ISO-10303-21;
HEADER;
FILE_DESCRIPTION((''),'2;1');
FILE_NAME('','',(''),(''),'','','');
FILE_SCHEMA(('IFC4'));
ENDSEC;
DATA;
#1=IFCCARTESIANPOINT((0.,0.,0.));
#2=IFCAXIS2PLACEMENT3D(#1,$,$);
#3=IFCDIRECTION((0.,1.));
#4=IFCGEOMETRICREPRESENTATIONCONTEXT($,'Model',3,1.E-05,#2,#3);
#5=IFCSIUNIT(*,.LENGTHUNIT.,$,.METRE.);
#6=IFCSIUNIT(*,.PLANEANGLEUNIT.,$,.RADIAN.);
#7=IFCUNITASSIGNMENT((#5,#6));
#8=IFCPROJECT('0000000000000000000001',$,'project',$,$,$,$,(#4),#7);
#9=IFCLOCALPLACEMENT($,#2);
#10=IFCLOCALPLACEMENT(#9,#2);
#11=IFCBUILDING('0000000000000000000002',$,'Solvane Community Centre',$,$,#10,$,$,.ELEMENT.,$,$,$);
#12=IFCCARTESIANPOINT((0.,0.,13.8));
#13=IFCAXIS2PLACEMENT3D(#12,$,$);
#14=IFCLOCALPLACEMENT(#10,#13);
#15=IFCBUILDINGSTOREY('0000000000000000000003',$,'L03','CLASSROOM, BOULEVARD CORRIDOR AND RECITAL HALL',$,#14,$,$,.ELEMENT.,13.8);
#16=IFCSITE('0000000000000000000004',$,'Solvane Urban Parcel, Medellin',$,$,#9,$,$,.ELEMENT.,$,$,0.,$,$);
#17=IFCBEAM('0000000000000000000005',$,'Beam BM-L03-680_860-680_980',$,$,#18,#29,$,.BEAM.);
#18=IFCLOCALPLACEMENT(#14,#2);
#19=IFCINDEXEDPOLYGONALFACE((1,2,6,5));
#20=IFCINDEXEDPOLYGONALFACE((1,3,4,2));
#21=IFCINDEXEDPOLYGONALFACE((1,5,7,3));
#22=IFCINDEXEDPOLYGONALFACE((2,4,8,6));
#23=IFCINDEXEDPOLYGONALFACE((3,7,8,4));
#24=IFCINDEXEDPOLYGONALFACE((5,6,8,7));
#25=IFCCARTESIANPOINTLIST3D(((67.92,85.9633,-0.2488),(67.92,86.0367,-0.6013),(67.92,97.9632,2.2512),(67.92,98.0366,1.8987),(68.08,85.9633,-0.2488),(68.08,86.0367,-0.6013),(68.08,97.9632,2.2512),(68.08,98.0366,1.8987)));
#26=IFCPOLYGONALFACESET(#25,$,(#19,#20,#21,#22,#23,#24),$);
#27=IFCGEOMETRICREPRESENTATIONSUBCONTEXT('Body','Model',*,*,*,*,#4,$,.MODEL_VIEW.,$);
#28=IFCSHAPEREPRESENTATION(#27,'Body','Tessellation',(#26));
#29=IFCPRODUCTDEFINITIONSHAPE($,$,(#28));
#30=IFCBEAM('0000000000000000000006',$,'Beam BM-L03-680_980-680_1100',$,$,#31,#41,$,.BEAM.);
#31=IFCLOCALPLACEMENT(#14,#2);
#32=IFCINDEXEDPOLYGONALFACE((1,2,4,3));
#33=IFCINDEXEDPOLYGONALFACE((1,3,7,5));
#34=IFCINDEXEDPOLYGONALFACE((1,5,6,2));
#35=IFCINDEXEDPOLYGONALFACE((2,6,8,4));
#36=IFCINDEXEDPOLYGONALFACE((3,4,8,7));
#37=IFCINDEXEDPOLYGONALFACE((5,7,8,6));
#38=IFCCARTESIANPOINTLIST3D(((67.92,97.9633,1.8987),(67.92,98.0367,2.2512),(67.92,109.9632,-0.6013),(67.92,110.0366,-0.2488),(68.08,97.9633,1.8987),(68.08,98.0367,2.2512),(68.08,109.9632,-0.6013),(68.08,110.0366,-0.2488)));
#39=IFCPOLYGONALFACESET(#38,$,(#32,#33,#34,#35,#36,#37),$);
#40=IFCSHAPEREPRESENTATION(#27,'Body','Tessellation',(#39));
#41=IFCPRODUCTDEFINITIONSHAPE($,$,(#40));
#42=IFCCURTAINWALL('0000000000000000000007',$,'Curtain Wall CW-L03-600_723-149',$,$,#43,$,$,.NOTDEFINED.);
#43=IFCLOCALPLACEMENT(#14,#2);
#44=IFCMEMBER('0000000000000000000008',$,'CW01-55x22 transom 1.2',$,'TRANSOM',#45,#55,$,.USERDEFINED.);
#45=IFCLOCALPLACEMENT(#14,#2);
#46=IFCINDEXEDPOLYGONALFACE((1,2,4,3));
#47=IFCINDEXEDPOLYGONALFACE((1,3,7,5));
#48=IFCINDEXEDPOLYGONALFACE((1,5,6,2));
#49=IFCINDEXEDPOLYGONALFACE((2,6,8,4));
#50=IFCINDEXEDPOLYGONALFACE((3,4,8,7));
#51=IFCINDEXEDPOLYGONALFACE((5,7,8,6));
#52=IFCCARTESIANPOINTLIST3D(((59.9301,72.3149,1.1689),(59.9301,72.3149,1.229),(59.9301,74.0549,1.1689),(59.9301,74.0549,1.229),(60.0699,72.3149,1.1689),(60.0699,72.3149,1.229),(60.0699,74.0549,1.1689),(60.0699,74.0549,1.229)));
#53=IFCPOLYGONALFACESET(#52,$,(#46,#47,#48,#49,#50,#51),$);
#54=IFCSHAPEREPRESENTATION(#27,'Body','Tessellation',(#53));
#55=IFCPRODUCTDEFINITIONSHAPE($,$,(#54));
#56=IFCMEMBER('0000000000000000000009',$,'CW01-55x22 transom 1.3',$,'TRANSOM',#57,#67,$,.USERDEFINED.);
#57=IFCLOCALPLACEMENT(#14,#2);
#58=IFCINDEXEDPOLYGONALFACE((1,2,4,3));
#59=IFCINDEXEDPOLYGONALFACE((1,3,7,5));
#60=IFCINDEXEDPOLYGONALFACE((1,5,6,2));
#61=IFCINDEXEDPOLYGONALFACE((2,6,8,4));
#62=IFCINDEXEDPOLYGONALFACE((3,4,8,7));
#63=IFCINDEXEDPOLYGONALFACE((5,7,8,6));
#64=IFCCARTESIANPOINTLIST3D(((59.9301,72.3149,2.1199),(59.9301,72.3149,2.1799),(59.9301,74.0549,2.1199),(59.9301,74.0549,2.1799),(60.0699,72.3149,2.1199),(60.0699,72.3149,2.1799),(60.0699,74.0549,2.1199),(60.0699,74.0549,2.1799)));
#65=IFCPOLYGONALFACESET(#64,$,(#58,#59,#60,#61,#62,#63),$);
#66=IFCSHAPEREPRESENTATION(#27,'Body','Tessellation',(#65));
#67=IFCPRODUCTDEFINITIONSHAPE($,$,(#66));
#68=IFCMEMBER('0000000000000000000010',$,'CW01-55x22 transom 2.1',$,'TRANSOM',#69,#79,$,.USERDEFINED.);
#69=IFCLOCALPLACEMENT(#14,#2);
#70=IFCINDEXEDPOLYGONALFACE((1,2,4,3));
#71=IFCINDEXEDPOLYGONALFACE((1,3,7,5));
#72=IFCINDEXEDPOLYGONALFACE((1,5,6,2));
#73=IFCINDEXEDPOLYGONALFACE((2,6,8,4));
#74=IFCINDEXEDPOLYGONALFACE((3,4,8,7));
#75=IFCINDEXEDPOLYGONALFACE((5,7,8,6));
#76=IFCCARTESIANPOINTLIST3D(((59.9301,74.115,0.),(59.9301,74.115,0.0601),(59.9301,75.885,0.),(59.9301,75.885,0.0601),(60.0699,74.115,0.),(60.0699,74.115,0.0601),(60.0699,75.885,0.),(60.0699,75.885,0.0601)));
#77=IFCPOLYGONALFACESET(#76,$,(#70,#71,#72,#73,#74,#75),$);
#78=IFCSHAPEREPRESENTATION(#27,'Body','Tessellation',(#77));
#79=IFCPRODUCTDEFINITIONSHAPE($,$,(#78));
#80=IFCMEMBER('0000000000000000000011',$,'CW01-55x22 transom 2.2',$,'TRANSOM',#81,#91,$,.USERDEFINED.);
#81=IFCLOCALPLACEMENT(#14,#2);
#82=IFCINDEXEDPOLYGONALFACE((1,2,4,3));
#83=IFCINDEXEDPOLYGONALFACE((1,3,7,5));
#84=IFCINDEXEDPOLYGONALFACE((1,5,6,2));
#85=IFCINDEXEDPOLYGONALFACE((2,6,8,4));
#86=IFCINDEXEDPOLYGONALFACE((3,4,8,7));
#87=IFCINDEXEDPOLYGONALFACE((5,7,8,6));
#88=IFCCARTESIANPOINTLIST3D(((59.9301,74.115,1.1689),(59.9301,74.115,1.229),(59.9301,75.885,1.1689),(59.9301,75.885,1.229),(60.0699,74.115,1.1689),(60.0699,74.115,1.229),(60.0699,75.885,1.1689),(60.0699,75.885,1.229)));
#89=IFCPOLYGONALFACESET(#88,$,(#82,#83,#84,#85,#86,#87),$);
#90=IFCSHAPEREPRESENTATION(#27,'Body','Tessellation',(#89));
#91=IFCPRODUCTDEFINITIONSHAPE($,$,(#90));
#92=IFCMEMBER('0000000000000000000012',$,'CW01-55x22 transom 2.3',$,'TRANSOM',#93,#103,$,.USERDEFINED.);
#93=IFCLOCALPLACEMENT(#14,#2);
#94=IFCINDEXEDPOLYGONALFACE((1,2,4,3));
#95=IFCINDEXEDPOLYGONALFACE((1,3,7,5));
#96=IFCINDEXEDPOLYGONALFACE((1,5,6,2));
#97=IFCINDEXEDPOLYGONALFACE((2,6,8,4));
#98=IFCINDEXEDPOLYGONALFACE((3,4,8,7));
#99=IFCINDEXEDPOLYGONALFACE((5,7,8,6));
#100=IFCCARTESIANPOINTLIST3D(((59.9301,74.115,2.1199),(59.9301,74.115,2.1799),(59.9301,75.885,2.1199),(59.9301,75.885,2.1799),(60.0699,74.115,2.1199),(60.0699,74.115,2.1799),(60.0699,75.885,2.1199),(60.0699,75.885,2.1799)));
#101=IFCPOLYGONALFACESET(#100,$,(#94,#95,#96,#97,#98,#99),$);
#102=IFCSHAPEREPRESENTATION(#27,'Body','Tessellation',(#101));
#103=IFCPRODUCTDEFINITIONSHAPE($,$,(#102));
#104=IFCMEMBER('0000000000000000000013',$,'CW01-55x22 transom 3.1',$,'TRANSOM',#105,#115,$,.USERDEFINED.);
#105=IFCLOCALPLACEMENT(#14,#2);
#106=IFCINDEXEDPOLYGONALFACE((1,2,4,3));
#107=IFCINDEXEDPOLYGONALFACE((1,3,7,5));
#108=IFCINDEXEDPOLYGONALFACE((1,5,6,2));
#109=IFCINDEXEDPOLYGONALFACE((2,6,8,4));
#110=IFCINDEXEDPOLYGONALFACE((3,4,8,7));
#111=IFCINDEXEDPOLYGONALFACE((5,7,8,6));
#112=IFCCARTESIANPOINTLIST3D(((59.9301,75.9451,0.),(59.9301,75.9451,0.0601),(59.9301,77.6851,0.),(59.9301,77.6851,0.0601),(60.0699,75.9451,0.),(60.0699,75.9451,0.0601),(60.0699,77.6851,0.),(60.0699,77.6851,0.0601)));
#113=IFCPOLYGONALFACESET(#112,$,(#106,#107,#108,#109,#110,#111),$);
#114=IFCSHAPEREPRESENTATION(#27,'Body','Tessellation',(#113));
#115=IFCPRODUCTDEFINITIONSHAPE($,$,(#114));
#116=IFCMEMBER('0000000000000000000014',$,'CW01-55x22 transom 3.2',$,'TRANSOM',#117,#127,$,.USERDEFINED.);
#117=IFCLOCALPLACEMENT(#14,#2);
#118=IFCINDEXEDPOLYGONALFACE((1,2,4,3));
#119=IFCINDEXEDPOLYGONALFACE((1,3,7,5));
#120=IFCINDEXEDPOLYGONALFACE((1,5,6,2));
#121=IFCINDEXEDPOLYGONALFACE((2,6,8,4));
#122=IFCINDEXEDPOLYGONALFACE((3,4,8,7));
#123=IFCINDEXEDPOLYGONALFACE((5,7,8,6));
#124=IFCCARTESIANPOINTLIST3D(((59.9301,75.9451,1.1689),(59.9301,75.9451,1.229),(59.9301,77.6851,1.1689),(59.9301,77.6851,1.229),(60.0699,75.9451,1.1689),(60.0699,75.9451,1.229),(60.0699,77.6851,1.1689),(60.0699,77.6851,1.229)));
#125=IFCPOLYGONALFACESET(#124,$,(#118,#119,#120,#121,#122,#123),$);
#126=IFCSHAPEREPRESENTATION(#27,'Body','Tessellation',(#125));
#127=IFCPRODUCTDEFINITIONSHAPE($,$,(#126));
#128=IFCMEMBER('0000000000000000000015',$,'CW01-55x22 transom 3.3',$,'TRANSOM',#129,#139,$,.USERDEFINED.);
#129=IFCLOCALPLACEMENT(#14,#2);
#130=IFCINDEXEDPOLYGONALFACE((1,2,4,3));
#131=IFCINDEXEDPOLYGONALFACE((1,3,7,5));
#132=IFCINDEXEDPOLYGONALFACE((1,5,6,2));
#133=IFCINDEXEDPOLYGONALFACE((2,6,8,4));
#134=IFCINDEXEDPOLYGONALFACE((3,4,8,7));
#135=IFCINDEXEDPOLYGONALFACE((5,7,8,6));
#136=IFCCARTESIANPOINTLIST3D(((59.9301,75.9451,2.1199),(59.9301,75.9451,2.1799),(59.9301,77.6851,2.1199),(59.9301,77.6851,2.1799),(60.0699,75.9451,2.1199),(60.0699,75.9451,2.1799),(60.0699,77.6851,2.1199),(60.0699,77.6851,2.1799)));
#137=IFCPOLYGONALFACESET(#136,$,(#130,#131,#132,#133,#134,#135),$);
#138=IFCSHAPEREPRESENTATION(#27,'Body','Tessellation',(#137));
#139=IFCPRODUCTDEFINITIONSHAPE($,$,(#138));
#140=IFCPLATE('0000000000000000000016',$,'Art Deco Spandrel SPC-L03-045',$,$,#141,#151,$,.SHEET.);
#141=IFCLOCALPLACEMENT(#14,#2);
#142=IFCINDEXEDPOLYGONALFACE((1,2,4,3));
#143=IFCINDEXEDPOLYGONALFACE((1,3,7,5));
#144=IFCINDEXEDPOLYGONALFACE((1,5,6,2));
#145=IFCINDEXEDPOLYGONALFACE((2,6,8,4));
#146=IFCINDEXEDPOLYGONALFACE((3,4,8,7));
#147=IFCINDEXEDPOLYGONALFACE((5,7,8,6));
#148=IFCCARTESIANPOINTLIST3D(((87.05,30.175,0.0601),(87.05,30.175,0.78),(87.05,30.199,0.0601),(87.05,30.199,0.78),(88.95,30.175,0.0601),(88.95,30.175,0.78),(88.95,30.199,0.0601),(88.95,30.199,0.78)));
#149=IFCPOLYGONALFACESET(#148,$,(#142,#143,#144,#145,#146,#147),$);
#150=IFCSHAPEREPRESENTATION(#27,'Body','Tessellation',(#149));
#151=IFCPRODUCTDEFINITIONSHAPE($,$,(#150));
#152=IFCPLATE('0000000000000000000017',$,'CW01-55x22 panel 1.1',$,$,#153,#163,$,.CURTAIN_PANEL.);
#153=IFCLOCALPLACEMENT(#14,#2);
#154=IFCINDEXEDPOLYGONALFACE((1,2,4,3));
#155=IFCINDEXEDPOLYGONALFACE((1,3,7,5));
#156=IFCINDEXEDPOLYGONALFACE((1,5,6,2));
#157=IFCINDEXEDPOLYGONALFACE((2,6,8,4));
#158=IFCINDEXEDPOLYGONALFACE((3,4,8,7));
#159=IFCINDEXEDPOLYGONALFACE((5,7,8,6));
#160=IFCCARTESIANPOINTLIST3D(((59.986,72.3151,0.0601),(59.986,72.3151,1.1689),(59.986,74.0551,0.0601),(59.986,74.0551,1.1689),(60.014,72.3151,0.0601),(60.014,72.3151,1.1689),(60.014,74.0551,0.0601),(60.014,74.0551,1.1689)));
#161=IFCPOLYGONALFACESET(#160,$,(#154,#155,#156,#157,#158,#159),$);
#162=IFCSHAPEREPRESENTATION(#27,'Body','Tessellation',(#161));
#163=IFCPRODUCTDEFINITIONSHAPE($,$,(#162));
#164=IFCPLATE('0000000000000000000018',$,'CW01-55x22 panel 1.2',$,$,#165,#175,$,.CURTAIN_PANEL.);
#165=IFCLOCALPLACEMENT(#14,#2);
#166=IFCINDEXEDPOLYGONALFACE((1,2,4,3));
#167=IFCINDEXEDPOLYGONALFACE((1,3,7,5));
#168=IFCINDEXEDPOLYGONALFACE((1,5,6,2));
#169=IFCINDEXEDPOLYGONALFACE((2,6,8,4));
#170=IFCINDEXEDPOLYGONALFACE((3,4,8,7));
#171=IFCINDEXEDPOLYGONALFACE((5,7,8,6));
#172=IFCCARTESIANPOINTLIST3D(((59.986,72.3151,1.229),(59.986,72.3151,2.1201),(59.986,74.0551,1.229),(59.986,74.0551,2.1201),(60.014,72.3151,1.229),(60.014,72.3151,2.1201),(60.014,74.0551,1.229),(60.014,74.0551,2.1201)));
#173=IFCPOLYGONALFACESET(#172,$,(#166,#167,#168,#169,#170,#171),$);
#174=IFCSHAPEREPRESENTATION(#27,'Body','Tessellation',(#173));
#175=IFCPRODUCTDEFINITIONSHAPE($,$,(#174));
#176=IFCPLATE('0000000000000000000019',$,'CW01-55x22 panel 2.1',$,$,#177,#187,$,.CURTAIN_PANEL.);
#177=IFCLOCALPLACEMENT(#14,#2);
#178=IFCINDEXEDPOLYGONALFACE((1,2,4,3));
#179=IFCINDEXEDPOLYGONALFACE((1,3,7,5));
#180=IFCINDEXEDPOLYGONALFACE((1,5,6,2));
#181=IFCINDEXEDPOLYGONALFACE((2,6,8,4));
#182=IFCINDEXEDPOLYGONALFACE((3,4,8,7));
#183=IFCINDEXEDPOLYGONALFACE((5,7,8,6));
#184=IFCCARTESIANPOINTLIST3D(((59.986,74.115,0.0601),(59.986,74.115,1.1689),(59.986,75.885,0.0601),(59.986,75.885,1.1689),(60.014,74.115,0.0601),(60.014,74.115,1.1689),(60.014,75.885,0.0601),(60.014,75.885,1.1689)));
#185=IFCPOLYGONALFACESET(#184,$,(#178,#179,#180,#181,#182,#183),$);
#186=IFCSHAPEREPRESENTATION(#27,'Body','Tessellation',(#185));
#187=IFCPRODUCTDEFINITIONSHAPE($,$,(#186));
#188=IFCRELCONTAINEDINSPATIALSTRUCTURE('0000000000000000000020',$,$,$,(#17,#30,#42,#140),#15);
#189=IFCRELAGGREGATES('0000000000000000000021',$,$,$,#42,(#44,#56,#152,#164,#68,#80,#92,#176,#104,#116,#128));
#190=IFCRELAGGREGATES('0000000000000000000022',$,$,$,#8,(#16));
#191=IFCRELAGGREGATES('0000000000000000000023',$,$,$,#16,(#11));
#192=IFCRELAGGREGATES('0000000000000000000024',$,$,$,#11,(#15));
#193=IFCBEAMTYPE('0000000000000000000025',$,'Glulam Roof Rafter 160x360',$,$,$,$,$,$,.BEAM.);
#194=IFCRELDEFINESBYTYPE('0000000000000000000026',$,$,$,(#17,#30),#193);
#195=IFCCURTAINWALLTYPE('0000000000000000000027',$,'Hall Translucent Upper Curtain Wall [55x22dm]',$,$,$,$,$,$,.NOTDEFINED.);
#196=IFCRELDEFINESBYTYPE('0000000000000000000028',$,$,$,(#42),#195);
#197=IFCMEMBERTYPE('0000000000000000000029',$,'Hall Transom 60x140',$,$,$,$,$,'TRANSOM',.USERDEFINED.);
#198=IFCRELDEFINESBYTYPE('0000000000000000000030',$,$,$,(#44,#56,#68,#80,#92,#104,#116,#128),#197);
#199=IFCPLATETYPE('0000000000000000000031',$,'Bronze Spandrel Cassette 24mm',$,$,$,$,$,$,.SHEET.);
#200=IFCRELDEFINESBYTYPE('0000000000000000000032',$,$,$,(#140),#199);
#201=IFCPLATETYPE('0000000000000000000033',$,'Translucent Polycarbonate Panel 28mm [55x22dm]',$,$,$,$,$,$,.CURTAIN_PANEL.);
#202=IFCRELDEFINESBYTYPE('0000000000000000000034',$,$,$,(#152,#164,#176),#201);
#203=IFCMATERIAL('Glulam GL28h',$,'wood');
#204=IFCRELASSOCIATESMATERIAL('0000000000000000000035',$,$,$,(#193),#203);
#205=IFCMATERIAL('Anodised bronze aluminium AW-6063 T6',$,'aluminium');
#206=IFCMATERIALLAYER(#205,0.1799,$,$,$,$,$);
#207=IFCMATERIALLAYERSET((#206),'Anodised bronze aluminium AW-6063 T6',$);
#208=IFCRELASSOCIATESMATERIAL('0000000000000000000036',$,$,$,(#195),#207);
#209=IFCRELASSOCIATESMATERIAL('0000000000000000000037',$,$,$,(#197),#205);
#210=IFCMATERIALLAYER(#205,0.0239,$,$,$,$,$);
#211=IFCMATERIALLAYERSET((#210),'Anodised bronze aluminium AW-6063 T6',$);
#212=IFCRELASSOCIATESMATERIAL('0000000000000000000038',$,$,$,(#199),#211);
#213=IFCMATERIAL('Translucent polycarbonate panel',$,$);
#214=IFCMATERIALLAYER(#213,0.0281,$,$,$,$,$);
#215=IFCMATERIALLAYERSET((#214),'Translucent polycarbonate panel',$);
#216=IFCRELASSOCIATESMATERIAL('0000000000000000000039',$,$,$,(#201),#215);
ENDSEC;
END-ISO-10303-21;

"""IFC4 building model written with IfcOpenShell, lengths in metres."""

from ifc_helpers import new_model, si_unit, direction, frame, origin, origin_2d, place, context, subcontext, project, spatial, rectangle, extrude, material, layer, layer_set, material_profile, profile_set, type_object, element, aggregate, save


model = new_model("IFC4")

# Units and contexts
model_context = context("Model", 3, precision=1e-05, world=origin(), true_north=direction((0.0, 1.0)))
body_context = subcontext(model_context, "Body", "Model", "MODEL_VIEW")
ifc_project = project(units=[si_unit("LENGTHUNIT", "METRE"), si_unit("PLANEANGLEUNIT", "RADIAN")], contexts=[model_context])

# Site, building, storey
site_placement = place(None, origin())
site = spatial("IfcSite", under=ifc_project, at=site_placement, Name="Solvane Urban Parcel, Medellin", CompositionType="ELEMENT", RefElevation=0.0)
building_placement = place(site_placement, origin())
building = spatial("IfcBuilding", under=site, at=building_placement, Name="Solvane Community Centre", CompositionType="ELEMENT")
storey_placement = place(building_placement, frame((0.0, 0.0, 13.8)))
storey = spatial("IfcBuildingStorey", under=building, at=storey_placement, Name="L03", Description="CLASSROOM, BOULEVARD CORRIDOR AND RECITAL HALL", CompositionType="ELEMENT", Elevation=13.8)

# Beams
ifc_material_1 = material(Name="Glulam GL28h", Category="wood")
ifc_material_profile_1 = material_profile(ifc_material_1, rectangle(XDim=0.1599, YDim=0.3601, at=origin_2d()), Name="GL28h 160x360")
ifc_profile_set_1 = profile_set([ifc_material_profile_1], Name="Glulam GL28h")
beam_type = type_object("IfcBeamType", Name="Glulam Roof Rafter 160x360", PredefinedType="BEAM", material=ifc_profile_set_1)
for number, where, z_axis, x_axis, name in (
    (1, (68.0, 86.0, -0.425), (0.0, 0.97898, 0.203954), (-1.0, 0.0, 0.0), "Beam BM-L03-680_860-680_980"),
    (2, (68.0, 98.0, 2.075), (0.0, 0.97898, -0.203954), (-1.0, 0.0, 0.0), "Beam BM-L03-680_980-680_1100"),
):
    element("IfcBeam", number, at=place(storey_placement, frame(where, z_axis=z_axis, x_axis=x_axis)), inside=storey, type_object=beam_type, Name=name, PredefinedType="BEAM", context=body_context, shape_type="SweptSolid", body=[
        extrude(rectangle(XDim=0.1599, YDim=0.3601, at=origin_2d()), origin(), (0.0, 0.0, 1.0), 12.2576),
    ])

# Curtain wall, members
ifc_material_2 = material(Name="Anodised bronze aluminium AW-6063 T6", Category="aluminium")
ifc_layer_1 = layer(ifc_material_2, 0.1799)
ifc_layer_set_1 = layer_set([ifc_layer_1], Name="Anodised bronze aluminium AW-6063 T6")
curtain_wall_type = type_object("IfcCurtainWallType", Name="Hall Translucent Upper Curtain Wall [55x22dm]", PredefinedType="NOTDEFINED", material=ifc_layer_set_1)
curtain_wall_placement = place(storey_placement, origin())
curtain_wall = element("IfcCurtainWall", 3, at=curtain_wall_placement, inside=storey, type_object=curtain_wall_type, Name="Curtain Wall CW-L03-600_723-149", PredefinedType="NOTDEFINED")
ifc_material_profile_2 = material_profile(ifc_material_2, rectangle(XDim=0.1399, YDim=0.0601, at=origin_2d()), Name="CW-T 60x140")
ifc_profile_set_2 = profile_set([ifc_material_profile_2], Name="Anodised bronze aluminium AW-6063 T6")
member_type = type_object("IfcMemberType", Name="Hall Transom 60x140", ElementType="TRANSOM", PredefinedType="USERDEFINED", material=ifc_profile_set_2)
member_1_placement = place(storey_placement, frame((60.0, 72.3149, 1.199), z_axis=(0.0, 1.0, 0.0), x_axis=(-1.0, 0.0, 0.0)))
member_1 = element("IfcMember", 4, at=member_1_placement, type_object=member_type, Name="CW01-55x22 transom 1.2", ObjectType="TRANSOM", PredefinedType="USERDEFINED", context=body_context, shape_type="SweptSolid", body=[
    extrude(rectangle(XDim=0.1399, YDim=0.0601, at=origin_2d()), origin(), (0.0, 0.0, 1.0), 1.74),
])
member_2_placement = place(storey_placement, frame((60.0, 72.3149, 2.1499), z_axis=(0.0, 1.0, 0.0), x_axis=(-1.0, 0.0, 0.0)))
member_2 = element("IfcMember", 5, at=member_2_placement, type_object=member_type, Name="CW01-55x22 transom 1.3", ObjectType="TRANSOM", PredefinedType="USERDEFINED", context=body_context, shape_type="SweptSolid", body=[
    extrude(rectangle(XDim=0.1399, YDim=0.0601, at=origin_2d()), origin(), (0.0, 0.0, 1.0), 1.74),
])
member_3_placement = place(storey_placement, frame((60.0, 74.115, 0.03), z_axis=(0.0, 1.0, 0.0), x_axis=(-1.0, 0.0, 0.0)))
member_3 = element("IfcMember", 6, at=member_3_placement, type_object=member_type, Name="CW01-55x22 transom 2.1", ObjectType="TRANSOM", PredefinedType="USERDEFINED", context=body_context, shape_type="SweptSolid", body=[
    extrude(rectangle(XDim=0.1399, YDim=0.0601, at=origin_2d()), origin(), (0.0, 0.0, 1.0), 1.77),
])
member_4_placement = place(storey_placement, frame((60.0, 74.115, 1.199), z_axis=(0.0, 1.0, 0.0), x_axis=(-1.0, 0.0, 0.0)))
member_4 = element("IfcMember", 7, at=member_4_placement, type_object=member_type, Name="CW01-55x22 transom 2.2", ObjectType="TRANSOM", PredefinedType="USERDEFINED", context=body_context, shape_type="SweptSolid", body=[
    extrude(rectangle(XDim=0.1399, YDim=0.0601, at=origin_2d()), origin(), (0.0, 0.0, 1.0), 1.77),
])
member_5_placement = place(storey_placement, frame((60.0, 74.115, 2.1499), z_axis=(0.0, 1.0, 0.0), x_axis=(-1.0, 0.0, 0.0)))
member_5 = element("IfcMember", 8, at=member_5_placement, type_object=member_type, Name="CW01-55x22 transom 2.3", ObjectType="TRANSOM", PredefinedType="USERDEFINED", context=body_context, shape_type="SweptSolid", body=[
    extrude(rectangle(XDim=0.1399, YDim=0.0601, at=origin_2d()), origin(), (0.0, 0.0, 1.0), 1.77),
])
member_6_placement = place(storey_placement, frame((60.0, 75.9451, 0.03), z_axis=(0.0, 1.0, 0.0), x_axis=(-1.0, 0.0, 0.0)))
member_6 = element("IfcMember", 9, at=member_6_placement, type_object=member_type, Name="CW01-55x22 transom 3.1", ObjectType="TRANSOM", PredefinedType="USERDEFINED", context=body_context, shape_type="SweptSolid", body=[
    extrude(rectangle(XDim=0.1399, YDim=0.0601, at=origin_2d()), origin(), (0.0, 0.0, 1.0), 1.74),
])
member_7_placement = place(storey_placement, frame((60.0, 75.9451, 1.199), z_axis=(0.0, 1.0, 0.0), x_axis=(-1.0, 0.0, 0.0)))
member_7 = element("IfcMember", 10, at=member_7_placement, type_object=member_type, Name="CW01-55x22 transom 3.2", ObjectType="TRANSOM", PredefinedType="USERDEFINED", context=body_context, shape_type="SweptSolid", body=[
    extrude(rectangle(XDim=0.1399, YDim=0.0601, at=origin_2d()), origin(), (0.0, 0.0, 1.0), 1.74),
])
member_8_placement = place(storey_placement, frame((60.0, 75.9451, 2.1499), z_axis=(0.0, 1.0, 0.0), x_axis=(-1.0, 0.0, 0.0)))
member_8 = element("IfcMember", 11, at=member_8_placement, type_object=member_type, Name="CW01-55x22 transom 3.3", ObjectType="TRANSOM", PredefinedType="USERDEFINED", context=body_context, shape_type="SweptSolid", body=[
    extrude(rectangle(XDim=0.1399, YDim=0.0601, at=origin_2d()), origin(), (0.0, 0.0, 1.0), 1.74),
])

# Plates
ifc_layer_2 = layer(ifc_material_2, 0.0239)
ifc_layer_set_2 = layer_set([ifc_layer_2], Name="Anodised bronze aluminium AW-6063 T6")
plate_type_1 = type_object("IfcPlateType", Name="Bronze Spandrel Cassette 24mm", PredefinedType="SHEET", material=ifc_layer_set_2)
plate_1_placement = place(storey_placement, frame((88.0, 30.187, 0.0601), z_axis=(0.0, 0.0, 1.0), x_axis=(1.0, 0.0, 0.0)))
element("IfcPlate", 12, at=plate_1_placement, inside=storey, type_object=plate_type_1, Name="Art Deco Spandrel SPC-L03-045", PredefinedType="SHEET", context=body_context, shape_type="SweptSolid", body=[
    extrude(rectangle(XDim=1.8999, YDim=0.0239, at=origin_2d()), origin(), (0.0, 0.0, 1.0), 0.72),
])
ifc_material_3 = material(Name="Translucent polycarbonate panel")
ifc_layer_3 = layer(ifc_material_3, 0.0281)
ifc_layer_set_3 = layer_set([ifc_layer_3], Name="Translucent polycarbonate panel")
plate_type_2 = type_object("IfcPlateType", Name="Translucent Polycarbonate Panel 28mm [55x22dm]", PredefinedType="CURTAIN_PANEL", material=ifc_layer_set_3)
plate_2_placement = place(storey_placement, frame((60.0, 73.1851, 0.0601), z_axis=(0.0, 0.0, 1.0), x_axis=(0.0, 1.0, 0.0)))
plate_2 = element("IfcPlate", 13, at=plate_2_placement, type_object=plate_type_2, Name="CW01-55x22 panel 1.1", PredefinedType="CURTAIN_PANEL", context=body_context, shape_type="SweptSolid", body=[
    extrude(rectangle(XDim=1.74, YDim=0.0281, at=origin_2d()), origin(), (0.0, 0.0, 1.0), 1.1089),
])
plate_3_placement = place(storey_placement, frame((60.0, 73.1851, 1.229), z_axis=(0.0, 0.0, 1.0), x_axis=(0.0, 1.0, 0.0)))
plate_3 = element("IfcPlate", 14, at=plate_3_placement, type_object=plate_type_2, Name="CW01-55x22 panel 1.2", PredefinedType="CURTAIN_PANEL", context=body_context, shape_type="SweptSolid", body=[
    extrude(rectangle(XDim=1.74, YDim=0.0281, at=origin_2d()), origin(), (0.0, 0.0, 1.0), 0.8911),
])
plate_4_placement = place(storey_placement, frame((60.0, 75.0, 0.0601), z_axis=(0.0, 0.0, 1.0), x_axis=(0.0, 1.0, 0.0)))
plate_4 = element("IfcPlate", 15, at=plate_4_placement, type_object=plate_type_2, Name="CW01-55x22 panel 2.1", PredefinedType="CURTAIN_PANEL", context=body_context, shape_type="SweptSolid", body=[
    extrude(rectangle(XDim=1.77, YDim=0.0281, at=origin_2d()), origin(), (0.0, 0.0, 1.0), 1.1089),
])
aggregate(curtain_wall, [member_1, member_2, plate_2, plate_3, member_3, member_4, member_5, plate_4, member_6, member_7, member_8])

save(model, "model.ifc")
